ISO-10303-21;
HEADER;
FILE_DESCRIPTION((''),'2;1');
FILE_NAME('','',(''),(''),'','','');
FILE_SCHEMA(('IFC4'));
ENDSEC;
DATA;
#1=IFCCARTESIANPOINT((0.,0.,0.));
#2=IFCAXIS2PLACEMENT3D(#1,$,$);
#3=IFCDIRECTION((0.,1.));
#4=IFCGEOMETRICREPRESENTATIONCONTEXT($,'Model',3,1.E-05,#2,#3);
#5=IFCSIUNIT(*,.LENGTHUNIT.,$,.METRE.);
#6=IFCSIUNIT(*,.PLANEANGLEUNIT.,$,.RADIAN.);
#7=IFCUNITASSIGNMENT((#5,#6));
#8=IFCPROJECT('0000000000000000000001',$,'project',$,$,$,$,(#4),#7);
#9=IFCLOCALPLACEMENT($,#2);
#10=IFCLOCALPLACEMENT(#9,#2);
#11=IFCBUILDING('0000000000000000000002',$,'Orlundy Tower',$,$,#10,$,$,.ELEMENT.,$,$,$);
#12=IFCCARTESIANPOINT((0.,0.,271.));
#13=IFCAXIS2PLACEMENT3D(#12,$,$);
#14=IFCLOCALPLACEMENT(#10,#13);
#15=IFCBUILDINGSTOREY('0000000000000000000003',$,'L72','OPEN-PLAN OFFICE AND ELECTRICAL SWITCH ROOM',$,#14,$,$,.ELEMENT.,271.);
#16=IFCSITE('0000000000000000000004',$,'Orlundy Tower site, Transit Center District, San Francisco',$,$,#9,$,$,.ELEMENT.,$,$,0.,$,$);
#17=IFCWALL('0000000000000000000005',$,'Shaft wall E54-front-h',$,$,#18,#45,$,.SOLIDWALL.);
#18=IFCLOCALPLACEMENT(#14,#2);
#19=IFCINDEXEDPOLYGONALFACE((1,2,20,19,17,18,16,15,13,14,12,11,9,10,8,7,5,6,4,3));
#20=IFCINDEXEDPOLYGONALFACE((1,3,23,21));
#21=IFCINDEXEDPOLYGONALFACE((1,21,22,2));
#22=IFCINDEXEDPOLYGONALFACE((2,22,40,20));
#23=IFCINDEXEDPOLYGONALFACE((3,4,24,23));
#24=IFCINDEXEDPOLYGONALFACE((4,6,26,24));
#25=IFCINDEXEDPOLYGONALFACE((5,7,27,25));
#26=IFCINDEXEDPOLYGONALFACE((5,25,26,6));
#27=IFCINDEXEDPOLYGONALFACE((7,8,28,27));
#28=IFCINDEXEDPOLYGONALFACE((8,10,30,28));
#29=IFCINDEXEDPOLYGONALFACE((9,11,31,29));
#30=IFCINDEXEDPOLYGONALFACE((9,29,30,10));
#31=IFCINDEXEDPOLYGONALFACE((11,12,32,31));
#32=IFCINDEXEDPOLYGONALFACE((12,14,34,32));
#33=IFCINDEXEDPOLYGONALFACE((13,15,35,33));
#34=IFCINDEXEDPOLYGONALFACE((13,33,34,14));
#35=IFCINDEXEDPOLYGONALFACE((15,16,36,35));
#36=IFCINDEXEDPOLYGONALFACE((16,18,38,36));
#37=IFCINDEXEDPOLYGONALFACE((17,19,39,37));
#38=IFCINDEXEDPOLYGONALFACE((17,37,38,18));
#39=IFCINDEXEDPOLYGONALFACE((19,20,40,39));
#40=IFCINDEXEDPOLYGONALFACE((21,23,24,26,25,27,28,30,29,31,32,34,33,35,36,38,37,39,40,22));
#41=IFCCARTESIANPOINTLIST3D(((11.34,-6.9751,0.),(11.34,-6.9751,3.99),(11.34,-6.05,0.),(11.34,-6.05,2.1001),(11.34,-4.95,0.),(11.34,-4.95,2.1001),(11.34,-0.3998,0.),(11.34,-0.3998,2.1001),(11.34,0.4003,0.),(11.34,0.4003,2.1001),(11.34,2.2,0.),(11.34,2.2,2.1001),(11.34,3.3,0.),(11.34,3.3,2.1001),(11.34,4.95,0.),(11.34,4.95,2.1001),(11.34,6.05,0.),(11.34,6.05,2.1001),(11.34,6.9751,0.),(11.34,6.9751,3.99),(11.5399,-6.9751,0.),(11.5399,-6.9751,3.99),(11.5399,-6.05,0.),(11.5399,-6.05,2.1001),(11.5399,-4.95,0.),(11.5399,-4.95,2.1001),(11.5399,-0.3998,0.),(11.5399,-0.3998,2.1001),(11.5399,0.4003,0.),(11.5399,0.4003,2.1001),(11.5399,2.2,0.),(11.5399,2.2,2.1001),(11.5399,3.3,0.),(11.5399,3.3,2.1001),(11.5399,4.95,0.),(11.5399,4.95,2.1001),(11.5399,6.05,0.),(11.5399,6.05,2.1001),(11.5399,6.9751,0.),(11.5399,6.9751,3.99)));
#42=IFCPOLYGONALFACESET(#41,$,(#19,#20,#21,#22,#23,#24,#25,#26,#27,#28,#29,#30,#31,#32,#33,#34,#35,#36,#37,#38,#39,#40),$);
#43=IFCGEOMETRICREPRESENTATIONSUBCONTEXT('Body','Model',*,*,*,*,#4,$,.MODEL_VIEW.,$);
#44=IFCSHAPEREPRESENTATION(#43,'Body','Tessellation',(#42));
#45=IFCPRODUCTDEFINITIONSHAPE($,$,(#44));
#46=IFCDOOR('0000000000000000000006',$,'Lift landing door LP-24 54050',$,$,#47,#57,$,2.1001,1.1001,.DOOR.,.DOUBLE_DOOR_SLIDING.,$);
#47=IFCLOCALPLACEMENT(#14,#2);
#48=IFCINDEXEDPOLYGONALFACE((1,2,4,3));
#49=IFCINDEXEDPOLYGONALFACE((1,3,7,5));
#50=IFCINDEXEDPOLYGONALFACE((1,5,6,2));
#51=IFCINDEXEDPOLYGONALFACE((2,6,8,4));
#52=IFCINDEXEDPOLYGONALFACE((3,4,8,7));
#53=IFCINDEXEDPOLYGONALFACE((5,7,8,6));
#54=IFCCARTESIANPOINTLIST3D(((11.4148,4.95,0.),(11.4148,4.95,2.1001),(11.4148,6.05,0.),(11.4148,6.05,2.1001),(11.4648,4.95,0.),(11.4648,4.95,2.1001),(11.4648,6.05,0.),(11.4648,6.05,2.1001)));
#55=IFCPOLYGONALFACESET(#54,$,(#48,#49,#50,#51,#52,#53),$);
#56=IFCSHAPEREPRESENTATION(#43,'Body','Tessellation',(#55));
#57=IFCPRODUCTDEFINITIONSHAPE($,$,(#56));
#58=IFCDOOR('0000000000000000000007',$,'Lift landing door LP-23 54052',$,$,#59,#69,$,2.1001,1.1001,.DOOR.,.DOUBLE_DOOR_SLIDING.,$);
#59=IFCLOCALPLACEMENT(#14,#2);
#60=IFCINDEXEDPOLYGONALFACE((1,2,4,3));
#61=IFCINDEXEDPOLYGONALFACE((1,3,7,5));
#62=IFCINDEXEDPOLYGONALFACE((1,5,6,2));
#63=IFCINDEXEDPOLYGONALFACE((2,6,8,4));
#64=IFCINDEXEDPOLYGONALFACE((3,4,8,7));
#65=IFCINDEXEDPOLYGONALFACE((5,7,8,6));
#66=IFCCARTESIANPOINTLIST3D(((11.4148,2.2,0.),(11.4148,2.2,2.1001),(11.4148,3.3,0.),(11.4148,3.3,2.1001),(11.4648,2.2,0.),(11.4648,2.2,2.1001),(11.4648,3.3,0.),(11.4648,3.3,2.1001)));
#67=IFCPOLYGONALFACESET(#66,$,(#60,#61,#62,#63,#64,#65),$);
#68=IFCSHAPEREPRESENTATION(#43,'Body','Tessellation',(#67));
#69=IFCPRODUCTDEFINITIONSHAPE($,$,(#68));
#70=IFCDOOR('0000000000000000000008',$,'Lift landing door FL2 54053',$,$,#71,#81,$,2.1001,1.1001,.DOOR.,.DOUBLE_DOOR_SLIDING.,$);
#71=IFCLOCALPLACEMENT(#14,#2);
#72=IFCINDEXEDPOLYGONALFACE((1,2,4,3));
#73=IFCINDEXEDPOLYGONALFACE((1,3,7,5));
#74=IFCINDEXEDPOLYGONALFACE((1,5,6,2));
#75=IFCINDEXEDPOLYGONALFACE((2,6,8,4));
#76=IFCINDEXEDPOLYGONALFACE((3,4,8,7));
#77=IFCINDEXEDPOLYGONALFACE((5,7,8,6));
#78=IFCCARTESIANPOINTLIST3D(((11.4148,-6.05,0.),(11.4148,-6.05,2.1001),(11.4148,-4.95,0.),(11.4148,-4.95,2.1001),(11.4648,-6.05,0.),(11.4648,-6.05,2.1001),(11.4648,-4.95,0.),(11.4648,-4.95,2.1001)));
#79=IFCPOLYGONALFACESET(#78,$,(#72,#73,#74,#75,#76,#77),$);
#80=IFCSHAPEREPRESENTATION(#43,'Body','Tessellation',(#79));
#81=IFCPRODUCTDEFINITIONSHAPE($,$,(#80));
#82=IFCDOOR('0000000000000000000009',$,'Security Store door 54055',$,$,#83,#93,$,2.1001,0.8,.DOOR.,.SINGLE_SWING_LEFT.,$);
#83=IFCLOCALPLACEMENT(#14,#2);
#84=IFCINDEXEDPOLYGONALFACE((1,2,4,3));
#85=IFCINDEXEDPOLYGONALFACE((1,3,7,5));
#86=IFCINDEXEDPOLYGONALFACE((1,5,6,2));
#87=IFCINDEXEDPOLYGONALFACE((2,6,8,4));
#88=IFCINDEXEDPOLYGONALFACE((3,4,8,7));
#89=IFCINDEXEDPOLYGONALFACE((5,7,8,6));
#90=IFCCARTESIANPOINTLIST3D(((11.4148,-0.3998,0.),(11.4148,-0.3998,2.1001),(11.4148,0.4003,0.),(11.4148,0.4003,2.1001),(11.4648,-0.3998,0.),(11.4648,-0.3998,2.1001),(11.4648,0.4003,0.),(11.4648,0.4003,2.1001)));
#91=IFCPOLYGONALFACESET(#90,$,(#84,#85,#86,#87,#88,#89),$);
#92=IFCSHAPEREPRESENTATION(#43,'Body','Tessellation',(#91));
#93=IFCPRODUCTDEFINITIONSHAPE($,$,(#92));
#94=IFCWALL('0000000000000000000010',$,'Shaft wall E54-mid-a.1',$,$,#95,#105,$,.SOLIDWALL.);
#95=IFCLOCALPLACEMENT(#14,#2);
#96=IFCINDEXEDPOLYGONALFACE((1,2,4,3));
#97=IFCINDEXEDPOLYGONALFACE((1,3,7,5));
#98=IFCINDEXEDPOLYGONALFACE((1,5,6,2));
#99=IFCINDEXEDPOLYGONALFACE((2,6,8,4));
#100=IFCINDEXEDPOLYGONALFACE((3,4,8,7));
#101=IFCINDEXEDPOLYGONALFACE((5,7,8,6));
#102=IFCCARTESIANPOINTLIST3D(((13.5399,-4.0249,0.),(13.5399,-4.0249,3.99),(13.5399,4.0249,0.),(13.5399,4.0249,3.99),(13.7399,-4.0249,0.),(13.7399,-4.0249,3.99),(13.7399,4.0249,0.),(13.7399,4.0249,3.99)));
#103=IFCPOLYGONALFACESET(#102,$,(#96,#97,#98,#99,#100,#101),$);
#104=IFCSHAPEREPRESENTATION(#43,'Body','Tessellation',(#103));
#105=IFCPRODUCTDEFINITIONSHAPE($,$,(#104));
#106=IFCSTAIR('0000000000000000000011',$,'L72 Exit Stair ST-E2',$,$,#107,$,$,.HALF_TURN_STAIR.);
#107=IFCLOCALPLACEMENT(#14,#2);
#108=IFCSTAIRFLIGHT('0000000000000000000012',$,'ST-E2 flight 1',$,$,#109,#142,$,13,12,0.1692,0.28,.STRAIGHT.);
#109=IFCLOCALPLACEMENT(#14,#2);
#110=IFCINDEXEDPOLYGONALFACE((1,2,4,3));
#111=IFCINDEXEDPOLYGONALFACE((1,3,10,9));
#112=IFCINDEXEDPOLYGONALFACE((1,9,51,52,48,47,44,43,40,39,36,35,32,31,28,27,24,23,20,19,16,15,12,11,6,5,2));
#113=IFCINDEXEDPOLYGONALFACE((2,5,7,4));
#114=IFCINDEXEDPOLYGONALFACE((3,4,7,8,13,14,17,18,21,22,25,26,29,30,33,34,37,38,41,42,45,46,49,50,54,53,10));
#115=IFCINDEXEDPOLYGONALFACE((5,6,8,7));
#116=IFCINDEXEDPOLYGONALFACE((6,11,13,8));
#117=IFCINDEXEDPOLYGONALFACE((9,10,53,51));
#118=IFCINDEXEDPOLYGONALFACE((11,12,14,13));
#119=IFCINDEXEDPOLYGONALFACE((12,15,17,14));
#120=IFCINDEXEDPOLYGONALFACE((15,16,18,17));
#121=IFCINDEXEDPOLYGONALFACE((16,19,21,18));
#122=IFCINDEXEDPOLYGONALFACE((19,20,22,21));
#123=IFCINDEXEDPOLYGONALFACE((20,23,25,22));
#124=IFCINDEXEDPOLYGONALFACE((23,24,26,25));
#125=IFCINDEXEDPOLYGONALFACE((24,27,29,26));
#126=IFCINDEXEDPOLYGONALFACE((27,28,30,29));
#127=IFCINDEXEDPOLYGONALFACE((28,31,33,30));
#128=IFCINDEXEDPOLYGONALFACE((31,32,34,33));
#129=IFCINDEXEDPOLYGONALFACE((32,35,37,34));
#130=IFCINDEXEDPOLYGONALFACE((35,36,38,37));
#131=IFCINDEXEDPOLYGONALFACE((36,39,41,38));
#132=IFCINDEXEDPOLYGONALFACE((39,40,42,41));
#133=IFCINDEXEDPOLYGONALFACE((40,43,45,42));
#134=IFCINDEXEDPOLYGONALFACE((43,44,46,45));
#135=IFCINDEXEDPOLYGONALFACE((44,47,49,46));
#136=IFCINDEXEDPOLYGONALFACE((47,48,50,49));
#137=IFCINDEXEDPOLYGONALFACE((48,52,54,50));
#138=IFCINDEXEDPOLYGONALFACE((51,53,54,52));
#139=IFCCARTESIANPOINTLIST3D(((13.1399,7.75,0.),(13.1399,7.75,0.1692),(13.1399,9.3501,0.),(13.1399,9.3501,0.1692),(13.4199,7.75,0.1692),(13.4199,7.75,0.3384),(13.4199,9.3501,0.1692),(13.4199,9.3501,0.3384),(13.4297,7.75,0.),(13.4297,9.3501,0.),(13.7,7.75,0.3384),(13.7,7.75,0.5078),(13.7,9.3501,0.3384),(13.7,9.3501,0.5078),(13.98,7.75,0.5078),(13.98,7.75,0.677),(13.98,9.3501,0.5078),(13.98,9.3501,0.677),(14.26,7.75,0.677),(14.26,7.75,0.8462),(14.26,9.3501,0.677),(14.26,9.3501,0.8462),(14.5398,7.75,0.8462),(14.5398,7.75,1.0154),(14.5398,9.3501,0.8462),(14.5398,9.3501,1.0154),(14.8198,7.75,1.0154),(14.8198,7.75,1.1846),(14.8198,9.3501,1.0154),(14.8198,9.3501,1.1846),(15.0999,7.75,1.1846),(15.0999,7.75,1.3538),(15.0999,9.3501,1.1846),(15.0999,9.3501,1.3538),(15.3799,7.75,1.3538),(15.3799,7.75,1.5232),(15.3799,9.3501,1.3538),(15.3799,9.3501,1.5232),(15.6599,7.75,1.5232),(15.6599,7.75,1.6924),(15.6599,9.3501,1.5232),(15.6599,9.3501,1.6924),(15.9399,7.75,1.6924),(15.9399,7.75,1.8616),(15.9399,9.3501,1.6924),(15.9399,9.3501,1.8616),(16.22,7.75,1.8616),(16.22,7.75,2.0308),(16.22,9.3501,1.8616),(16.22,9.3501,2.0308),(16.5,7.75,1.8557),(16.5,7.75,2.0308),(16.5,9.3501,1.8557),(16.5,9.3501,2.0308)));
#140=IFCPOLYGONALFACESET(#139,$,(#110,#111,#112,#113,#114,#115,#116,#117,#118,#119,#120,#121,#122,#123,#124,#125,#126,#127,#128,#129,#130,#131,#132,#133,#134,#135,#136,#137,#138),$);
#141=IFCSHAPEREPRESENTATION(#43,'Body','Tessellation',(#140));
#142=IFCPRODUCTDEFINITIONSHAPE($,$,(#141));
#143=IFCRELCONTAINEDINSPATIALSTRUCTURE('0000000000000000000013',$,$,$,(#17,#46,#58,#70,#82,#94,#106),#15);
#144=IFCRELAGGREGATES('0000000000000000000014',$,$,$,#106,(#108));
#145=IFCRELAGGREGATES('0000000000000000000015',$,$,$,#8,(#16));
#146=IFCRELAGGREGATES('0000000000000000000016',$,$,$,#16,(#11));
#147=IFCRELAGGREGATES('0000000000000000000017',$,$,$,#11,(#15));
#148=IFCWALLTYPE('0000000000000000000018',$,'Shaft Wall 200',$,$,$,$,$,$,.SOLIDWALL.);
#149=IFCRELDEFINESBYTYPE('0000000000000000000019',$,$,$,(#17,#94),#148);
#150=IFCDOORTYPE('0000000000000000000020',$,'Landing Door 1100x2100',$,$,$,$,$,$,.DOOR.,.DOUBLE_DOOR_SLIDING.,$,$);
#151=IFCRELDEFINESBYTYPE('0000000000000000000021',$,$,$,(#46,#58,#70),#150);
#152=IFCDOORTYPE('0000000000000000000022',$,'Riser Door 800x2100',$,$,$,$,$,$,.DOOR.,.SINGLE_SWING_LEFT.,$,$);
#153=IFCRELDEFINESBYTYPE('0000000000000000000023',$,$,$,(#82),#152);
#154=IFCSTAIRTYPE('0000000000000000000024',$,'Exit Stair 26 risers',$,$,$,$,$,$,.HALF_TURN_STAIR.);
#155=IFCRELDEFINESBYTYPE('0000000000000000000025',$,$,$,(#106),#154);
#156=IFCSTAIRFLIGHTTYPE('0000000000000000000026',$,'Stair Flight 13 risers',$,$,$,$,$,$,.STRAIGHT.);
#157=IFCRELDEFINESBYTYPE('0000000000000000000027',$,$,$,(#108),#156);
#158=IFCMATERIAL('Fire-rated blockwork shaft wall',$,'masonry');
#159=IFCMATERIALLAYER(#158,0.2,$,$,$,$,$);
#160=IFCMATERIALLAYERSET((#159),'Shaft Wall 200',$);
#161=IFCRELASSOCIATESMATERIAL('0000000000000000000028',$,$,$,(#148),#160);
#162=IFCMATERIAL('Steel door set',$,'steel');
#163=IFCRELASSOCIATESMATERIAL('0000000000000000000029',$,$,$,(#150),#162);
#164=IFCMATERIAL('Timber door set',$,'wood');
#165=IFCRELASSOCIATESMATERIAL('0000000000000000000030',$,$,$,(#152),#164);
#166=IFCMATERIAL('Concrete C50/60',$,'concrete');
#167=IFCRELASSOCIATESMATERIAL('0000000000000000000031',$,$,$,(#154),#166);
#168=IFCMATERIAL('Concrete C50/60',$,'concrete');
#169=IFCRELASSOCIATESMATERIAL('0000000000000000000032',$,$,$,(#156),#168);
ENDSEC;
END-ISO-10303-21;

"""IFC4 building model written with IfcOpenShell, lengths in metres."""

from ifc_helpers import new_model, si_unit, direction, frame, frame_2d, origin, place, context, subcontext, project, spatial, polyline, rectangle, outline, extrude, material, layer, layer_set, type_object, element, fill, aggregate, save


model = new_model("IFC4")

# Units and contexts
model_context = context("Model", 3, precision=1e-05, world=origin(), true_north=direction((0.0, 1.0)))
body_context = subcontext(model_context, "Body", "Model", "MODEL_VIEW")
ifc_project = project(units=[si_unit("LENGTHUNIT", "METRE"), si_unit("PLANEANGLEUNIT", "RADIAN")], contexts=[model_context])

# Site, building, storey
site_placement = place(None, origin())
site = spatial("IfcSite", under=ifc_project, at=site_placement, Name="Orlundy Tower site, Transit Center District, San Francisco", CompositionType="ELEMENT", RefElevation=0.0)
building_placement = place(site_placement, origin())
building = spatial("IfcBuilding", under=site, at=building_placement, Name="Orlundy Tower", CompositionType="ELEMENT")
storey_placement = place(building_placement, frame((0.0, 0.0, 271.0)))
storey = spatial("IfcBuildingStorey", under=building, at=storey_placement, Name="L72", Description="OPEN-PLAN OFFICE AND ELECTRICAL SWITCH ROOM", CompositionType="ELEMENT", Elevation=271.0)

# Shared definitions
ifc_material_1 = material(Name="Fire-rated blockwork shaft wall", Category="masonry")
ifc_layer_1 = layer(ifc_material_1, 0.2)
ifc_layer_set_1 = layer_set([ifc_layer_1], Name="Shaft Wall 200")
wall_type_1 = type_object("IfcWallType", Name="Shaft Wall 200", PredefinedType="SOLIDWALL", material=ifc_layer_set_1)

# Wall, openings, doors
wall_1_placement = place(storey_placement, frame((11.4399, 6.9751, 0.0), z_axis=(0.0, 0.0, 1.0), x_axis=(0.0, -1.0, 0.0)))
wall_1 = element("IfcWall", 1, at=wall_1_placement, inside=storey, type_object=wall_type_1, Name="Shaft wall E54-front-h", PredefinedType="SOLIDWALL", context=body_context, shape_type="SweptSolid", body=[
    extrude(rectangle(XDim=13.9502, YDim=0.2, at=frame_2d((6.9751, 0.0))), origin(), (0.0, 0.0, 1.0), 3.99),
])
opening_1_placement = place(wall_1_placement, frame((0.925, 0.0, 0.0)))
opening_1 = element("IfcOpeningElement", 2, at=opening_1_placement, cuts=wall_1, PredefinedType="OPENING", context=body_context, shape_type="SweptSolid", body=[
    extrude(rectangle(XDim=1.1001, YDim=2.1001, at=frame_2d((0.55, 1.05))), frame((0.0, 0.1101, 0.0), z_axis=(0.0, -1.0, 0.0), x_axis=(1.0, 0.0, 0.0)), (0.0, 0.0, 1.0), 0.2202),
])
opening_2_placement = place(wall_1_placement, frame((3.675, 0.0, 0.0)))
opening_2 = element("IfcOpeningElement", 3, at=opening_2_placement, cuts=wall_1, PredefinedType="OPENING", context=body_context, shape_type="SweptSolid", body=[
    extrude(rectangle(XDim=1.1001, YDim=2.1001, at=frame_2d((0.55, 1.05))), frame((0.0, 0.1101, 0.0), z_axis=(0.0, -1.0, 0.0), x_axis=(1.0, 0.0, 0.0)), (0.0, 0.0, 1.0), 0.2202),
])
opening_3_placement = place(wall_1_placement, frame((11.925, 0.0, 0.0)))
opening_3 = element("IfcOpeningElement", 4, at=opening_3_placement, cuts=wall_1, PredefinedType="OPENING", context=body_context, shape_type="SweptSolid", body=[
    extrude(rectangle(XDim=1.1001, YDim=2.1001, at=frame_2d((0.55, 1.05))), frame((0.0, 0.1101, 0.0), z_axis=(0.0, -1.0, 0.0), x_axis=(1.0, 0.0, 0.0)), (0.0, 0.0, 1.0), 0.2202),
])
opening_4_placement = place(wall_1_placement, frame((6.575, 0.0, 0.0)))
opening_4 = element("IfcOpeningElement", 5, at=opening_4_placement, cuts=wall_1, PredefinedType="OPENING", context=body_context, shape_type="SweptSolid", body=[
    extrude(rectangle(XDim=0.8, YDim=2.1001, at=frame_2d((0.3999, 1.05))), frame((0.0, 0.1101, 0.0), z_axis=(0.0, -1.0, 0.0), x_axis=(1.0, 0.0, 0.0)), (0.0, 0.0, 1.0), 0.2202),
])
ifc_material_2 = material(Name="Steel door set", Category="steel")
door_type_1 = type_object("IfcDoorType", Name="Landing Door 1100x2100", OperationType="DOUBLE_DOOR_SLIDING", PredefinedType="DOOR", material=ifc_material_2)
door_1_placement = place(opening_1_placement, origin())
door_1 = element("IfcDoor", 6, at=door_1_placement, inside=storey, type_object=door_type_1, Name="Lift landing door LP-24 54050", OperationType="DOUBLE_DOOR_SLIDING", OverallHeight=2.1001, OverallWidth=1.1001, PredefinedType="DOOR", context=body_context, shape_type="SweptSolid", body=[
    extrude(rectangle(XDim=1.1001, YDim=2.1001, at=frame_2d((0.55, 1.05))), frame((0.0, 0.0249, 0.0), z_axis=(0.0, -1.0, 0.0), x_axis=(1.0, 0.0, 0.0)), (0.0, 0.0, 1.0), 0.05),
])
fill(opening_1, door_1)
door_2_placement = place(opening_2_placement, origin())
door_2 = element("IfcDoor", 7, at=door_2_placement, inside=storey, type_object=door_type_1, Name="Lift landing door LP-23 54052", OperationType="DOUBLE_DOOR_SLIDING", OverallHeight=2.1001, OverallWidth=1.1001, PredefinedType="DOOR", context=body_context, shape_type="SweptSolid", body=[
    extrude(rectangle(XDim=1.1001, YDim=2.1001, at=frame_2d((0.55, 1.05))), frame((0.0, 0.0249, 0.0), z_axis=(0.0, -1.0, 0.0), x_axis=(1.0, 0.0, 0.0)), (0.0, 0.0, 1.0), 0.05),
])
fill(opening_2, door_2)
door_3_placement = place(opening_3_placement, origin())
door_3 = element("IfcDoor", 8, at=door_3_placement, inside=storey, type_object=door_type_1, Name="Lift landing door FL2 54053", OperationType="DOUBLE_DOOR_SLIDING", OverallHeight=2.1001, OverallWidth=1.1001, PredefinedType="DOOR", context=body_context, shape_type="SweptSolid", body=[
    extrude(rectangle(XDim=1.1001, YDim=2.1001, at=frame_2d((0.55, 1.05))), frame((0.0, 0.0249, 0.0), z_axis=(0.0, -1.0, 0.0), x_axis=(1.0, 0.0, 0.0)), (0.0, 0.0, 1.0), 0.05),
])
fill(opening_3, door_3)
ifc_material_3 = material(Name="Timber door set", Category="wood")
door_type_2 = type_object("IfcDoorType", Name="Riser Door 800x2100", OperationType="SINGLE_SWING_LEFT", PredefinedType="DOOR", material=ifc_material_3)
door_4_placement = place(opening_4_placement, origin())
door_4 = element("IfcDoor", 9, at=door_4_placement, inside=storey, type_object=door_type_2, Name="Security Store door 54055", OperationType="SINGLE_SWING_LEFT", OverallHeight=2.1001, OverallWidth=0.8, PredefinedType="DOOR", context=body_context, shape_type="SweptSolid", body=[
    extrude(rectangle(XDim=0.8, YDim=2.1001, at=frame_2d((0.3999, 1.05))), frame((0.0, 0.0249, 0.0), z_axis=(0.0, -1.0, 0.0), x_axis=(1.0, 0.0, 0.0)), (0.0, 0.0, 1.0), 0.05),
])
fill(opening_4, door_4)

# Wall
wall_2_placement = place(storey_placement, frame((13.6399, 4.0249, 0.0), z_axis=(0.0, 0.0, 1.0), x_axis=(0.0, -1.0, 0.0)))
element("IfcWall", 10, at=wall_2_placement, inside=storey, type_object=wall_type_1, Name="Shaft wall E54-mid-a.1", PredefinedType="SOLIDWALL", context=body_context, shape_type="SweptSolid", body=[
    extrude(rectangle(XDim=8.0498, YDim=0.2, at=frame_2d((4.0249, 0.0))), origin(), (0.0, 0.0, 1.0), 3.99),
])

# Stair, stair flight
ifc_material_4 = material(Name="Concrete C50/60", Category="concrete")
stair_type = type_object("IfcStairType", Name="Exit Stair 26 risers", PredefinedType="HALF_TURN_STAIR", material=ifc_material_4)
stair_placement = place(storey_placement, origin())
stair = element("IfcStair", 11, at=stair_placement, inside=storey, type_object=stair_type, Name="L72 Exit Stair ST-E2", PredefinedType="HALF_TURN_STAIR")
ifc_material_5 = material(Name="Concrete C50/60", Category="concrete")
stair_flight_type = type_object("IfcStairFlightType", Name="Stair Flight 13 risers", PredefinedType="STRAIGHT", material=ifc_material_5)
stair_flight_placement = place(storey_placement, frame((13.1399, 8.55, 0.0), z_axis=(0.0, 0.0, 1.0), x_axis=(1.0, 0.0, 0.0)))
stair_flight = element("IfcStairFlight", 12, at=stair_flight_placement, type_object=stair_flight_type, Name="ST-E2 flight 1", NumberOfRisers=13, NumberOfTreads=12, PredefinedType="STRAIGHT", RiserHeight=0.1692, TreadLength=0.28, context=body_context, shape_type="SweptSolid", body=[
    extrude(outline(polyline([(0.0, 0.0), (0.0, 0.1692), (0.28, 0.1692), (0.28, 0.3384), (0.5601, 0.3384), (0.5601, 0.5078), (0.8401, 0.5078), (0.8401, 0.677), (1.1201, 0.677), (1.1201, 0.8462), (1.3999, 0.8462), (1.3999, 1.0154), (1.6799, 1.0154), (1.6799, 1.1846), (1.96, 1.1846), (1.96, 1.3538), (2.24, 1.3538), (2.24, 1.5232), (2.52, 1.5232), (2.52, 1.6924), (2.8, 1.6924), (2.8, 1.8616), (3.0801, 1.8616), (3.0801, 2.0308), (3.3601, 2.0308), (3.3601, 2.2), (3.3601, 1.8557), (0.2898, 0.0), (0.0, 0.0)])), frame((0.0, 0.8, 0.0), z_axis=(0.0, -1.0, 0.0), x_axis=(1.0, 0.0, 0.0)), (0.0, 0.0, 1.0), 1.6001),
])
aggregate(stair, [stair_flight])

save(model, "model.ifc")
